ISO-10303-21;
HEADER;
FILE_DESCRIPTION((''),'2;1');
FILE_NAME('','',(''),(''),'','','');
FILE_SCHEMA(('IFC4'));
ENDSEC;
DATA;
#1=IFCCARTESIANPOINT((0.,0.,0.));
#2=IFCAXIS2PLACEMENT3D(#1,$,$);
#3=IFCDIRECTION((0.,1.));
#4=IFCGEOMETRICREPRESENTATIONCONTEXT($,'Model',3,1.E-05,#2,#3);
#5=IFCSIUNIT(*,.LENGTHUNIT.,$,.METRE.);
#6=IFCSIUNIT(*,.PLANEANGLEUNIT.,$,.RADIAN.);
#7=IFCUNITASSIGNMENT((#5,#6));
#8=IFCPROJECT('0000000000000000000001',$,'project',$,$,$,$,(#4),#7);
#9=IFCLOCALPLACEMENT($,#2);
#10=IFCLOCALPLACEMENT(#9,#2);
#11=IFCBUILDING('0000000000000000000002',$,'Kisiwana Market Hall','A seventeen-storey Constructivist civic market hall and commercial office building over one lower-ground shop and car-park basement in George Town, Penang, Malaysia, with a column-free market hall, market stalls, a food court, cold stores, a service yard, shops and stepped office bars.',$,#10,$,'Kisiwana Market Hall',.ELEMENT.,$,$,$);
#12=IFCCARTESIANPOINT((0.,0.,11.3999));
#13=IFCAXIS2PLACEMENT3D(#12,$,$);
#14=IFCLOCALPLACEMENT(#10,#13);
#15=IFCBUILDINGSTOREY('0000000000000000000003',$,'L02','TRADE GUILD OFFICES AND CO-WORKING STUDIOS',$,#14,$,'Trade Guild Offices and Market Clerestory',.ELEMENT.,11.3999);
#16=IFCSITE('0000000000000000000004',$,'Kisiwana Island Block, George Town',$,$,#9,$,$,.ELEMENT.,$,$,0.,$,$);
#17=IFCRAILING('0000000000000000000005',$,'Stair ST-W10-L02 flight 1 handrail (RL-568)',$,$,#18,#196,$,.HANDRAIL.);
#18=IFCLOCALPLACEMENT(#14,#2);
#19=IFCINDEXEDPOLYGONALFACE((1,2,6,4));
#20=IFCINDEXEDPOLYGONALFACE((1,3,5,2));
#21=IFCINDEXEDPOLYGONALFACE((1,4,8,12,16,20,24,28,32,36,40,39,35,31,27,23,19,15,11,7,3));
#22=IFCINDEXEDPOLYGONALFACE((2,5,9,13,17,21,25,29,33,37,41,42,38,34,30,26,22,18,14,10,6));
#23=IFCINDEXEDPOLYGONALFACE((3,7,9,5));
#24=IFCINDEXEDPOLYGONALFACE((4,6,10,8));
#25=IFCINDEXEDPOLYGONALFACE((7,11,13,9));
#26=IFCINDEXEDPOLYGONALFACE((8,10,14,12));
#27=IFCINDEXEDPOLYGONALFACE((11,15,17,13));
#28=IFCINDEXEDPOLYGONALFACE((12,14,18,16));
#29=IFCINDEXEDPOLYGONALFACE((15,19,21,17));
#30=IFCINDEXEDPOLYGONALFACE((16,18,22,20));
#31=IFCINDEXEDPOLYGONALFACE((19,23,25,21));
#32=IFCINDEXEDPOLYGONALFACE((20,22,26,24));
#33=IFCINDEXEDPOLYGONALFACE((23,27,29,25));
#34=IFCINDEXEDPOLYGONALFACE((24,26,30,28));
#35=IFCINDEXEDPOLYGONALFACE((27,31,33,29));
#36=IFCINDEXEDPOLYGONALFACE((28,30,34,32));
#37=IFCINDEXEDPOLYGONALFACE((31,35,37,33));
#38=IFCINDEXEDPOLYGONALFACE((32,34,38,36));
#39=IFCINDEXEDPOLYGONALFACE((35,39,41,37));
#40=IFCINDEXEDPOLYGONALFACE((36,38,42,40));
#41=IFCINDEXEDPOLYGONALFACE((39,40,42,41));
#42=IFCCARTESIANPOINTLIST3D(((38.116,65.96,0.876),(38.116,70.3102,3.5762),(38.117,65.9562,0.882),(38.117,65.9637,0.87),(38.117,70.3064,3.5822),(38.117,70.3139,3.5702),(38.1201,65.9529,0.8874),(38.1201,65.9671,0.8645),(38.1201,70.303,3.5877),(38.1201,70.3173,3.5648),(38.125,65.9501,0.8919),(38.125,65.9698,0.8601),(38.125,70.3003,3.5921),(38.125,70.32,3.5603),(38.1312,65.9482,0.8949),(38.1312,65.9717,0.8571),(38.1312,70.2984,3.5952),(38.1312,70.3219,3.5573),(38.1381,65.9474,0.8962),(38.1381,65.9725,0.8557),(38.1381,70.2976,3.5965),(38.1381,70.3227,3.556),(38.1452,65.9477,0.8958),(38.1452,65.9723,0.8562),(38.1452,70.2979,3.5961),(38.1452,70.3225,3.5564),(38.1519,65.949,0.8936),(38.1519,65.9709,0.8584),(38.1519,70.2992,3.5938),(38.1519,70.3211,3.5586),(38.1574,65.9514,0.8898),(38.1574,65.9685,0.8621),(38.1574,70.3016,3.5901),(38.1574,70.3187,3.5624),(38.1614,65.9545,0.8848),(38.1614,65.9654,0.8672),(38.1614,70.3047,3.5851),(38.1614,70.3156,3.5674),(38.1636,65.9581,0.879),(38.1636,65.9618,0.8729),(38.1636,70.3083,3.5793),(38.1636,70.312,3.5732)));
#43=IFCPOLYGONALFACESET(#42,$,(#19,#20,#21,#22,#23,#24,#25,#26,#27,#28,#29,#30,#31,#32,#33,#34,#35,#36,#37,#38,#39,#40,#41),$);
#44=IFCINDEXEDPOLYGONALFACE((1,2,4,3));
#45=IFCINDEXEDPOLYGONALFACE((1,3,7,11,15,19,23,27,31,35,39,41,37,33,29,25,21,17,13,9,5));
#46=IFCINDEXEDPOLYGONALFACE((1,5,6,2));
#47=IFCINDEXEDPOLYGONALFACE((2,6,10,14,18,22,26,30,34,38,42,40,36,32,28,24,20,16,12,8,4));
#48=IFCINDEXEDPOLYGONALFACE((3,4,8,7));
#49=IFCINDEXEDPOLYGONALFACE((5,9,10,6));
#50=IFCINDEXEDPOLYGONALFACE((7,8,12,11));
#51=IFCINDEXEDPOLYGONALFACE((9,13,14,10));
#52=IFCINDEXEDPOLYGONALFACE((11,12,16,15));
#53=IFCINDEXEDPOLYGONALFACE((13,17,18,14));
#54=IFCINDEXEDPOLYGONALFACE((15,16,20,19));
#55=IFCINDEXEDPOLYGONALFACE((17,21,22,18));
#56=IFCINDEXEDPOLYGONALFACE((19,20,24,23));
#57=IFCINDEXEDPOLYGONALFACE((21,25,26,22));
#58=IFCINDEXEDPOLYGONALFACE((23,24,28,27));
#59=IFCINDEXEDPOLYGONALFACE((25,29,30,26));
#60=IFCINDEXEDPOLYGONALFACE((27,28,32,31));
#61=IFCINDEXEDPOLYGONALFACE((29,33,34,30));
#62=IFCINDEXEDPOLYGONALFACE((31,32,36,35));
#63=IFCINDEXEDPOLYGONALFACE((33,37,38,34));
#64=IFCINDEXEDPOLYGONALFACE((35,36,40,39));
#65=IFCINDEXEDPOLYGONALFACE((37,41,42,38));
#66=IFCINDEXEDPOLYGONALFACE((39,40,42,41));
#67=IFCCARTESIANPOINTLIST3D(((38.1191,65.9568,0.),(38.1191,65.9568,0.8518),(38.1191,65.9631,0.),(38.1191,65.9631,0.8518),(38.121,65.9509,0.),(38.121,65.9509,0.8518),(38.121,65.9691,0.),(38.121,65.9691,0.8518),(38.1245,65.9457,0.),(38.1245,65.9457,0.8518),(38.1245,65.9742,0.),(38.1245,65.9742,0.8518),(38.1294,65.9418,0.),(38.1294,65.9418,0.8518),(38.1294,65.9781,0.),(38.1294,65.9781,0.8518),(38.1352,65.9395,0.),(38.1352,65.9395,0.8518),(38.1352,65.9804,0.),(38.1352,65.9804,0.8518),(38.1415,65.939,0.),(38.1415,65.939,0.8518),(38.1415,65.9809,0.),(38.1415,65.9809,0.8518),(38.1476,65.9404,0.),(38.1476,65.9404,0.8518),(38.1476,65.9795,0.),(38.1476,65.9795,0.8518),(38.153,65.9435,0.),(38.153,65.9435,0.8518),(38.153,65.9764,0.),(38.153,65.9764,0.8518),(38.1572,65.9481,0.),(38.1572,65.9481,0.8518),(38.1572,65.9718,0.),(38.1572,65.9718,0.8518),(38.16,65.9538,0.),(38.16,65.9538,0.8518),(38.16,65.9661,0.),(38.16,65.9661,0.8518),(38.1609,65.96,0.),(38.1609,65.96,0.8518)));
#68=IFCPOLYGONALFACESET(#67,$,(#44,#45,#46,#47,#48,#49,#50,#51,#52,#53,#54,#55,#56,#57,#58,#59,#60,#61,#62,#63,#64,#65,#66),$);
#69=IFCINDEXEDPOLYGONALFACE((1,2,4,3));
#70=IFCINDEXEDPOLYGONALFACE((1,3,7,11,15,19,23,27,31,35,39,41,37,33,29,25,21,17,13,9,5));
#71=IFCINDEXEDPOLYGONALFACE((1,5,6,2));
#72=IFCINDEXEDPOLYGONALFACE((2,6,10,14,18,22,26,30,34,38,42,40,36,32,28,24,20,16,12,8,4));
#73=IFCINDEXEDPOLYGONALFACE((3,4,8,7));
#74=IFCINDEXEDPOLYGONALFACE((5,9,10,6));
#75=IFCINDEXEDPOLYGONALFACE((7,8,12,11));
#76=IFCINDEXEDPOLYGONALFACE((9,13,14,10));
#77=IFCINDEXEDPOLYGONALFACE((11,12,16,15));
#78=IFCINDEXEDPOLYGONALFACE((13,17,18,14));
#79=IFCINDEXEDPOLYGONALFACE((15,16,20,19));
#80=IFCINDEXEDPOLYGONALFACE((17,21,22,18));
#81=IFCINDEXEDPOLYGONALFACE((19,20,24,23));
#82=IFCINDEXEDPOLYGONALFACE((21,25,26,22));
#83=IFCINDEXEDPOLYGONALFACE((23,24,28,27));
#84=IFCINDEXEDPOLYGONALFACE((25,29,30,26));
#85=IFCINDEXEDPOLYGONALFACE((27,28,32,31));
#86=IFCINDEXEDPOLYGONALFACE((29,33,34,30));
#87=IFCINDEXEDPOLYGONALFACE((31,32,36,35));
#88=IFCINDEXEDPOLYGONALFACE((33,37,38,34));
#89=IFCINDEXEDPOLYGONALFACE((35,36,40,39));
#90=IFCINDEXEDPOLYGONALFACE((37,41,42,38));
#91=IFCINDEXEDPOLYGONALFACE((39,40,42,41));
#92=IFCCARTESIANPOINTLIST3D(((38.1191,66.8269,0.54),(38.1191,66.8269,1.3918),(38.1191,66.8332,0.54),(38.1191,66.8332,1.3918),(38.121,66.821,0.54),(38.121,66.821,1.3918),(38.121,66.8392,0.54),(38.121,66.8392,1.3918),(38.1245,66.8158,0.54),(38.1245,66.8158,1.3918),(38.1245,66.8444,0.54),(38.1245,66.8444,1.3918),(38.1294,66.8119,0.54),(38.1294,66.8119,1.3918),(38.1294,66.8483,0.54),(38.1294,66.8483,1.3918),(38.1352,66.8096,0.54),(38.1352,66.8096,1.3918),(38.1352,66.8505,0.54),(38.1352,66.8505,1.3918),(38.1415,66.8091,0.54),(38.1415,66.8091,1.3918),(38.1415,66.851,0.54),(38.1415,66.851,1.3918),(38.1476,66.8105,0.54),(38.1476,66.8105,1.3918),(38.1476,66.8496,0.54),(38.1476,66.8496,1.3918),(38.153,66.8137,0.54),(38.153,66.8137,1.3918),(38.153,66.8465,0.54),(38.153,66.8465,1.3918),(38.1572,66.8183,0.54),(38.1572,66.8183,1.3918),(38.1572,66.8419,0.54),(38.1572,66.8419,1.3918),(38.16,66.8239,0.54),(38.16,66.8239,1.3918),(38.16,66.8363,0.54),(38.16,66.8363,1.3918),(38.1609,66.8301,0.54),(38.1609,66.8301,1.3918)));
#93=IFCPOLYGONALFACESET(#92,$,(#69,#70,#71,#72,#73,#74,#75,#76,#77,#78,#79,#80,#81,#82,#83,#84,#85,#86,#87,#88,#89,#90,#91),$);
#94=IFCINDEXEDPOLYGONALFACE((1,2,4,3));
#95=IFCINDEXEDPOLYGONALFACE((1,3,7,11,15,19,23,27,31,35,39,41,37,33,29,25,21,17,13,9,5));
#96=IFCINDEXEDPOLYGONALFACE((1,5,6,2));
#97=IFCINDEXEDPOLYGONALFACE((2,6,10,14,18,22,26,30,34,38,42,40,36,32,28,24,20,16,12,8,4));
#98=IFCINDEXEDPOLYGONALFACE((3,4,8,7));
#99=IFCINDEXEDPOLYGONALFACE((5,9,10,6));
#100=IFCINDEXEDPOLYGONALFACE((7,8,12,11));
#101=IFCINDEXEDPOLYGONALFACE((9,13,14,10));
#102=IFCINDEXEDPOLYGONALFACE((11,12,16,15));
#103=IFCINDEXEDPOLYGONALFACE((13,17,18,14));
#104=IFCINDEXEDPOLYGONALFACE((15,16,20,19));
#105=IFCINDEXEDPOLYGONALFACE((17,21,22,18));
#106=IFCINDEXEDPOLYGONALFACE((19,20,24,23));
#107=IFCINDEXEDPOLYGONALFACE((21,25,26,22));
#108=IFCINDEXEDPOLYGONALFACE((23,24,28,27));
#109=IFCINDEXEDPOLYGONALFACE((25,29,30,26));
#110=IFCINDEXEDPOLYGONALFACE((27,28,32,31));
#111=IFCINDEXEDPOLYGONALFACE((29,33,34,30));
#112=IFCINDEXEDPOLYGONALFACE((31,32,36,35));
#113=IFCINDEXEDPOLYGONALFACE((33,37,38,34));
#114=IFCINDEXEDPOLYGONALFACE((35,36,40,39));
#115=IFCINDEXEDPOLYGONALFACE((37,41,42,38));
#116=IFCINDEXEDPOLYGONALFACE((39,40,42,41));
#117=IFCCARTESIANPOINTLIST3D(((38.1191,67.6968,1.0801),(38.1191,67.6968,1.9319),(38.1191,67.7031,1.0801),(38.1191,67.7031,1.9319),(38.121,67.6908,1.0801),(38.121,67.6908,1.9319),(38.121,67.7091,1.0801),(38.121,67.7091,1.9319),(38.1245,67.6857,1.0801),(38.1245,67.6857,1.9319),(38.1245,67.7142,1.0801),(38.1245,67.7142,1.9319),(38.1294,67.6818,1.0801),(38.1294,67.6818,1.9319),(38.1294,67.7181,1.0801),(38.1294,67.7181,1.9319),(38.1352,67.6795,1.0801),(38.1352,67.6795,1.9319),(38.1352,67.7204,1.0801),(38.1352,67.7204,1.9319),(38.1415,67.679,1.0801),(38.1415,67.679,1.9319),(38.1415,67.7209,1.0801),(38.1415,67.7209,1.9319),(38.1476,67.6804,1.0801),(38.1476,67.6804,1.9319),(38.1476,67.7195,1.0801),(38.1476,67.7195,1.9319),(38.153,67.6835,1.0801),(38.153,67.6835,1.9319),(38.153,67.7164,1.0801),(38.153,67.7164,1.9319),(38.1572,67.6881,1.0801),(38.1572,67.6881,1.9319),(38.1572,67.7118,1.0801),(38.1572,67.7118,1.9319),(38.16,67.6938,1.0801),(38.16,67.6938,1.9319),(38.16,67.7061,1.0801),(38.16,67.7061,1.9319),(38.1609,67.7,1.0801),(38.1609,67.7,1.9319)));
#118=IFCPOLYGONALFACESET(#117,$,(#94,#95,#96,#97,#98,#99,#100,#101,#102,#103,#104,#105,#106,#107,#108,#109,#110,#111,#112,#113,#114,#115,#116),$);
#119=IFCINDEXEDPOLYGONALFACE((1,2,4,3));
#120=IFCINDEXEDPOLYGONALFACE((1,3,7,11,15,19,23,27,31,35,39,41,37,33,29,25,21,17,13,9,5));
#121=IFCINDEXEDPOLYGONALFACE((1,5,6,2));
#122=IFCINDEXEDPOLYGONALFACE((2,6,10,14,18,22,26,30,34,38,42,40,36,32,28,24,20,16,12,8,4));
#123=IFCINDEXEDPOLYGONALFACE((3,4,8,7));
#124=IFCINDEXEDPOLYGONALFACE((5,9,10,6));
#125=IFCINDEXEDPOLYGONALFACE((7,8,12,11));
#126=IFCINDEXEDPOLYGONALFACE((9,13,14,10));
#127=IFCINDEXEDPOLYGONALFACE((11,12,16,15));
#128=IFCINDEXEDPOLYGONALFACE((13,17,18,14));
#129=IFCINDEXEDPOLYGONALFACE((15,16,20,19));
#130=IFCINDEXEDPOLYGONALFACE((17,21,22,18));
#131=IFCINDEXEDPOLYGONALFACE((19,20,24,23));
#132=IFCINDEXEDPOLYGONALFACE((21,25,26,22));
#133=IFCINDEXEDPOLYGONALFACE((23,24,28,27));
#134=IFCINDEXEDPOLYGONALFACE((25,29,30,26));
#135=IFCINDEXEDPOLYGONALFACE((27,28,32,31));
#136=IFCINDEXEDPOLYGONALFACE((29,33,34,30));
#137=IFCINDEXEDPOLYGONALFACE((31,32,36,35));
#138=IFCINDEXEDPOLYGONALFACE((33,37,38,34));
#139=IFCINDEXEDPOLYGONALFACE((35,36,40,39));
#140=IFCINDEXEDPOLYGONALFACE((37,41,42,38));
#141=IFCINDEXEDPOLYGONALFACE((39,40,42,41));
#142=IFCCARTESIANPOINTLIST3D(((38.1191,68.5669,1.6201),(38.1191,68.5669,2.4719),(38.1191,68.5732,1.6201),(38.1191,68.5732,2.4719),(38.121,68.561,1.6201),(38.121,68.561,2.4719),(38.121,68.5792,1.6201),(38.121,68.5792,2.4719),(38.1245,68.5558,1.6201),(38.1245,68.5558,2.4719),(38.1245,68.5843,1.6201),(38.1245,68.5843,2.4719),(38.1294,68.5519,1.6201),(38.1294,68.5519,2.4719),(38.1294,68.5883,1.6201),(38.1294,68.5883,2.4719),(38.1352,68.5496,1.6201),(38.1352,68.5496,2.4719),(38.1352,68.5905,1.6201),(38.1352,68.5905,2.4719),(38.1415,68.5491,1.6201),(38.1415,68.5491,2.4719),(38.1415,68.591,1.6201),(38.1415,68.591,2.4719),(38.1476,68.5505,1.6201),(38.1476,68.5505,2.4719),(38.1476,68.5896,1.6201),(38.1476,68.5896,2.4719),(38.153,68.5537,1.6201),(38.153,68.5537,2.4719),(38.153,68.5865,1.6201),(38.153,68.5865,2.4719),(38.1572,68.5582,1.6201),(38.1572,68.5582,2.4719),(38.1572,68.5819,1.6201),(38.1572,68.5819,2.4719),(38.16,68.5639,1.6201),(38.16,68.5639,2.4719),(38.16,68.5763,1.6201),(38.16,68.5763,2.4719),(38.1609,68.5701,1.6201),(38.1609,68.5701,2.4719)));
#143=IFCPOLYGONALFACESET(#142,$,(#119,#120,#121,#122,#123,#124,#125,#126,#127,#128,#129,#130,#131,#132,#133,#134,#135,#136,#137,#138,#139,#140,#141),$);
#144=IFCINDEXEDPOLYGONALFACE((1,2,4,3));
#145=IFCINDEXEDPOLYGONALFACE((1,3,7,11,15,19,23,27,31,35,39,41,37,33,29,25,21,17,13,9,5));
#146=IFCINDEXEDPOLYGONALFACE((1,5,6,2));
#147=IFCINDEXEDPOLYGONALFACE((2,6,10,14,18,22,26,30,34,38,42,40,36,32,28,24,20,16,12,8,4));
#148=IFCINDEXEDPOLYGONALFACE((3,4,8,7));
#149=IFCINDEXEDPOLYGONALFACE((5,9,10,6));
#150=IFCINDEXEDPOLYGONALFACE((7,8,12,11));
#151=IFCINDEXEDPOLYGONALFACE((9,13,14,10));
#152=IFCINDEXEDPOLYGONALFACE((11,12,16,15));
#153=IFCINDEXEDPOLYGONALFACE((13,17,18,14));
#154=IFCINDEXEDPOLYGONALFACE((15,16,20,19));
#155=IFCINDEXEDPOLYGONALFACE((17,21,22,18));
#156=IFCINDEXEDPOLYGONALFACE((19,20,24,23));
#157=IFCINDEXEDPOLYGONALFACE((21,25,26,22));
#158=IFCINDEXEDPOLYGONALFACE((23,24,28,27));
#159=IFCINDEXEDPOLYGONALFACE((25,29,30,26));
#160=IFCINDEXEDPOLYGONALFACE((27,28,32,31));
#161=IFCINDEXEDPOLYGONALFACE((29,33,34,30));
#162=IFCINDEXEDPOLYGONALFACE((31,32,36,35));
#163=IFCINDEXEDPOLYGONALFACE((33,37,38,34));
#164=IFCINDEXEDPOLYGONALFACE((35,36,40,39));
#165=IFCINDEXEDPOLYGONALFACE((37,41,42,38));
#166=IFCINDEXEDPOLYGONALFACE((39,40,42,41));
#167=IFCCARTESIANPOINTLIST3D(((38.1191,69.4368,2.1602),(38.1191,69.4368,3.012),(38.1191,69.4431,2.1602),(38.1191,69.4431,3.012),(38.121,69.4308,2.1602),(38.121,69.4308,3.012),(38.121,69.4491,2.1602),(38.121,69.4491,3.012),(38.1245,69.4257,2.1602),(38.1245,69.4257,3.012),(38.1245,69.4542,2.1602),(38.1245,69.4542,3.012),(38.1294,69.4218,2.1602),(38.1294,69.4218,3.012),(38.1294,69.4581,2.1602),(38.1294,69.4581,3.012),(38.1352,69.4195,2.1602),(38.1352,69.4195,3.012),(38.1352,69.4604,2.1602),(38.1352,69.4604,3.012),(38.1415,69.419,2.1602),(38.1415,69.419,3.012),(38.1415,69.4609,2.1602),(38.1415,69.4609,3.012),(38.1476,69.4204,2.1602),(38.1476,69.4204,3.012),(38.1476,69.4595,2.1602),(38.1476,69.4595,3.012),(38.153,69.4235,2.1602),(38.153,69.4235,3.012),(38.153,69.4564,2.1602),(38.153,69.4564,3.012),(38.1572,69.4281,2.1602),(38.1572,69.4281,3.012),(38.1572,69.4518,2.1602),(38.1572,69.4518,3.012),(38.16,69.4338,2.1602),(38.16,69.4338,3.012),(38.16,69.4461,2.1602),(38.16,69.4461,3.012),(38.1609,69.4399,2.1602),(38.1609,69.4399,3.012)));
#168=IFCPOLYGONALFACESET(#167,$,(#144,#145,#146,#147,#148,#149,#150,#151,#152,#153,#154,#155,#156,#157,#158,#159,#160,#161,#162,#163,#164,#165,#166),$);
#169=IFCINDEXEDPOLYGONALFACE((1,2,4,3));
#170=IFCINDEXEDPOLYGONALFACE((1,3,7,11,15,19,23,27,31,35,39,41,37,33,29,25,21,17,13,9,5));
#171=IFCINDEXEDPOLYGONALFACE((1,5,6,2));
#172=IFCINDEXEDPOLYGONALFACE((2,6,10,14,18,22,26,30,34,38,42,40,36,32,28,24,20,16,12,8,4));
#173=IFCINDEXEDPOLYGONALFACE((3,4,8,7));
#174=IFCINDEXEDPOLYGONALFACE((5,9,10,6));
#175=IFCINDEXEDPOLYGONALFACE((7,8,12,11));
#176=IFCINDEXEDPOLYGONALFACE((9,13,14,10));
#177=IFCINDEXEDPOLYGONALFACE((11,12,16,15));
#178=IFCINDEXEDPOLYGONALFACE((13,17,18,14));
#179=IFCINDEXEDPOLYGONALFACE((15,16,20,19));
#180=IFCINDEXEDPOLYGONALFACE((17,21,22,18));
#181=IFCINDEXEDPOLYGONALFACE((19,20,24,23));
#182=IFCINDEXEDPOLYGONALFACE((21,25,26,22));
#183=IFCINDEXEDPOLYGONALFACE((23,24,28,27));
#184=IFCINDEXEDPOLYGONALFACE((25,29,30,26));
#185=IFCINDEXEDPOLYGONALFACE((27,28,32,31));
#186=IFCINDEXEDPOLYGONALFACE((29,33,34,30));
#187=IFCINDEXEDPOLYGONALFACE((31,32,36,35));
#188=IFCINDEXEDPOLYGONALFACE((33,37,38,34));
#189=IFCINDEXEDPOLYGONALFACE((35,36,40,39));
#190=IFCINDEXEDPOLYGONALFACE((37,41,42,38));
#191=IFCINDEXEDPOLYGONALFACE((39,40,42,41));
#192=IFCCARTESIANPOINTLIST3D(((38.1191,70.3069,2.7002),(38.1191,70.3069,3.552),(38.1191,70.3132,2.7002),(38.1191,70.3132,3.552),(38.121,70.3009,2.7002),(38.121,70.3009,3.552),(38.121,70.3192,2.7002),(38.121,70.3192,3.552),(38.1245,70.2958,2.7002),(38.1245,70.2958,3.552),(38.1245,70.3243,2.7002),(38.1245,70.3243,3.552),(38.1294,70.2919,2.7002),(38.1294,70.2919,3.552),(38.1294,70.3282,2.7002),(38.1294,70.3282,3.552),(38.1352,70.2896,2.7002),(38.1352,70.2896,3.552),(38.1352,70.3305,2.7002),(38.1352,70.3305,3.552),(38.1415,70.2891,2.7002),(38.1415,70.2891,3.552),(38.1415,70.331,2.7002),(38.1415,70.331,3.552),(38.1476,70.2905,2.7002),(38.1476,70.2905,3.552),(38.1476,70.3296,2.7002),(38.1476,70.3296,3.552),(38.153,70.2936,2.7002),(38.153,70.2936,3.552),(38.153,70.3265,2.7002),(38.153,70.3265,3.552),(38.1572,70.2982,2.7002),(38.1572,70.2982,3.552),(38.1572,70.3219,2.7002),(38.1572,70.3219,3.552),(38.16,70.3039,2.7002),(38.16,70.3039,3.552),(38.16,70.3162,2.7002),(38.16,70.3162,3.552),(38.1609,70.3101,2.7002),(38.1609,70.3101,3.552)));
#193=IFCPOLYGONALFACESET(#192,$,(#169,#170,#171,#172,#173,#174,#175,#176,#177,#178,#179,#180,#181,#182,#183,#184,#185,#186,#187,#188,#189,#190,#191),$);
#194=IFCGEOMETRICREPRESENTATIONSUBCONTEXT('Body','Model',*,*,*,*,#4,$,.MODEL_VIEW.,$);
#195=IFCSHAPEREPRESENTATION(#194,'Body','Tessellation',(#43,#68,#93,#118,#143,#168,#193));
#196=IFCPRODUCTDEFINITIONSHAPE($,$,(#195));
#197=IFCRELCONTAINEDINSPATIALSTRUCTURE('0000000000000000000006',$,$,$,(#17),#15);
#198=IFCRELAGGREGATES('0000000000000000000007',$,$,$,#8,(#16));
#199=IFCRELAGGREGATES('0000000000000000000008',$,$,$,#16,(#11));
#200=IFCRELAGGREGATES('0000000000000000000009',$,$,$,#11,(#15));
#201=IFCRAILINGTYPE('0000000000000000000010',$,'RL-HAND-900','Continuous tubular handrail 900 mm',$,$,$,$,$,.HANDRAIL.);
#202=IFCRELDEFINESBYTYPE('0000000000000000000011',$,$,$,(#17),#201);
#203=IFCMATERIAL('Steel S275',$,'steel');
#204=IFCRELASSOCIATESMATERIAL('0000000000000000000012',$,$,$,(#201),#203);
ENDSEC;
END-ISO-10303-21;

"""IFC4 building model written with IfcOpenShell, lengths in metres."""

from ifc_helpers import new_model, si_unit, direction, frame, origin, origin_2d, place, context, subcontext, project, spatial, circle, extrude, material, type_object, element, save


model = new_model("IFC4")

# Units and contexts
model_context = context("Model", 3, precision=1e-05, world=origin(), true_north=direction((0.0, 1.0)))
body_context = subcontext(model_context, "Body", "Model", "MODEL_VIEW")
ifc_project = project(units=[si_unit("LENGTHUNIT", "METRE"), si_unit("PLANEANGLEUNIT", "RADIAN")], contexts=[model_context])

# Site, building, storey
site_placement = place(None, origin())
site = spatial("IfcSite", under=ifc_project, at=site_placement, Name="Kisiwana Island Block, George Town", CompositionType="ELEMENT", RefElevation=0.0)
building_placement = place(site_placement, origin())
building = spatial("IfcBuilding", under=site, at=building_placement, Name="Kisiwana Market Hall", Description="A seventeen-storey Constructivist civic market hall and commercial office building over one lower-ground shop and car-park basement in George Town, Penang, Malaysia, with a column-free market hall, market stalls, a food court, cold stores, a service yard, shops and stepped office bars.", LongName="Kisiwana Market Hall", CompositionType="ELEMENT")
storey_placement = place(building_placement, frame((0.0, 0.0, 11.3999)))
storey = spatial("IfcBuildingStorey", under=building, at=storey_placement, Name="L02", Description="TRADE GUILD OFFICES AND CO-WORKING STUDIOS", LongName="Trade Guild Offices and Market Clerestory", CompositionType="ELEMENT", Elevation=11.3999)

# Railing
ifc_material_1 = material(Name="Steel S275", Category="steel")
railing_type_1 = type_object("IfcRailingType", Name="RL-HAND-900", Description="Continuous tubular handrail 900 mm", PredefinedType="HANDRAIL", material=ifc_material_1)
railing_1_placement = place(storey_placement, frame((38.1399, 65.96, 0.0)))
element("IfcRailing", 1, at=railing_1_placement, inside=storey, type_object=railing_type_1, Name="Stair ST-W10-L02 flight 1 handrail (RL-568)", PredefinedType="HANDRAIL", context=body_context, shape_type="SweptSolid", body=[
    extrude(circle(Radius=0.0239, at=origin_2d()), frame((0.0, 0.0, 0.876), z_axis=(0.0, 0.849628, 0.527382), x_axis=(-1.0, 0.0, 0.0)), (0.0, 0.0, 1.0), 5.1201),
    extrude(circle(Radius=0.021, at=origin_2d()), origin(), (0.0, 0.0, 1.0), 0.8518),
    extrude(circle(Radius=0.021, at=origin_2d()), frame((0.0, 0.8701, 0.54)), (0.0, 0.0, 1.0), 0.8518),
    extrude(circle(Radius=0.021, at=origin_2d()), frame((0.0, 1.74, 1.0801)), (0.0, 0.0, 1.0), 0.8518),
    extrude(circle(Radius=0.021, at=origin_2d()), frame((0.0, 2.6101, 1.6201)), (0.0, 0.0, 1.0), 0.8518),
    extrude(circle(Radius=0.021, at=origin_2d()), frame((0.0, 3.48, 2.1602)), (0.0, 0.0, 1.0), 0.8518),
    extrude(circle(Radius=0.021, at=origin_2d()), frame((0.0, 4.3501, 2.7002)), (0.0, 0.0, 1.0), 0.8518),
])

save(model, "model.ifc")
